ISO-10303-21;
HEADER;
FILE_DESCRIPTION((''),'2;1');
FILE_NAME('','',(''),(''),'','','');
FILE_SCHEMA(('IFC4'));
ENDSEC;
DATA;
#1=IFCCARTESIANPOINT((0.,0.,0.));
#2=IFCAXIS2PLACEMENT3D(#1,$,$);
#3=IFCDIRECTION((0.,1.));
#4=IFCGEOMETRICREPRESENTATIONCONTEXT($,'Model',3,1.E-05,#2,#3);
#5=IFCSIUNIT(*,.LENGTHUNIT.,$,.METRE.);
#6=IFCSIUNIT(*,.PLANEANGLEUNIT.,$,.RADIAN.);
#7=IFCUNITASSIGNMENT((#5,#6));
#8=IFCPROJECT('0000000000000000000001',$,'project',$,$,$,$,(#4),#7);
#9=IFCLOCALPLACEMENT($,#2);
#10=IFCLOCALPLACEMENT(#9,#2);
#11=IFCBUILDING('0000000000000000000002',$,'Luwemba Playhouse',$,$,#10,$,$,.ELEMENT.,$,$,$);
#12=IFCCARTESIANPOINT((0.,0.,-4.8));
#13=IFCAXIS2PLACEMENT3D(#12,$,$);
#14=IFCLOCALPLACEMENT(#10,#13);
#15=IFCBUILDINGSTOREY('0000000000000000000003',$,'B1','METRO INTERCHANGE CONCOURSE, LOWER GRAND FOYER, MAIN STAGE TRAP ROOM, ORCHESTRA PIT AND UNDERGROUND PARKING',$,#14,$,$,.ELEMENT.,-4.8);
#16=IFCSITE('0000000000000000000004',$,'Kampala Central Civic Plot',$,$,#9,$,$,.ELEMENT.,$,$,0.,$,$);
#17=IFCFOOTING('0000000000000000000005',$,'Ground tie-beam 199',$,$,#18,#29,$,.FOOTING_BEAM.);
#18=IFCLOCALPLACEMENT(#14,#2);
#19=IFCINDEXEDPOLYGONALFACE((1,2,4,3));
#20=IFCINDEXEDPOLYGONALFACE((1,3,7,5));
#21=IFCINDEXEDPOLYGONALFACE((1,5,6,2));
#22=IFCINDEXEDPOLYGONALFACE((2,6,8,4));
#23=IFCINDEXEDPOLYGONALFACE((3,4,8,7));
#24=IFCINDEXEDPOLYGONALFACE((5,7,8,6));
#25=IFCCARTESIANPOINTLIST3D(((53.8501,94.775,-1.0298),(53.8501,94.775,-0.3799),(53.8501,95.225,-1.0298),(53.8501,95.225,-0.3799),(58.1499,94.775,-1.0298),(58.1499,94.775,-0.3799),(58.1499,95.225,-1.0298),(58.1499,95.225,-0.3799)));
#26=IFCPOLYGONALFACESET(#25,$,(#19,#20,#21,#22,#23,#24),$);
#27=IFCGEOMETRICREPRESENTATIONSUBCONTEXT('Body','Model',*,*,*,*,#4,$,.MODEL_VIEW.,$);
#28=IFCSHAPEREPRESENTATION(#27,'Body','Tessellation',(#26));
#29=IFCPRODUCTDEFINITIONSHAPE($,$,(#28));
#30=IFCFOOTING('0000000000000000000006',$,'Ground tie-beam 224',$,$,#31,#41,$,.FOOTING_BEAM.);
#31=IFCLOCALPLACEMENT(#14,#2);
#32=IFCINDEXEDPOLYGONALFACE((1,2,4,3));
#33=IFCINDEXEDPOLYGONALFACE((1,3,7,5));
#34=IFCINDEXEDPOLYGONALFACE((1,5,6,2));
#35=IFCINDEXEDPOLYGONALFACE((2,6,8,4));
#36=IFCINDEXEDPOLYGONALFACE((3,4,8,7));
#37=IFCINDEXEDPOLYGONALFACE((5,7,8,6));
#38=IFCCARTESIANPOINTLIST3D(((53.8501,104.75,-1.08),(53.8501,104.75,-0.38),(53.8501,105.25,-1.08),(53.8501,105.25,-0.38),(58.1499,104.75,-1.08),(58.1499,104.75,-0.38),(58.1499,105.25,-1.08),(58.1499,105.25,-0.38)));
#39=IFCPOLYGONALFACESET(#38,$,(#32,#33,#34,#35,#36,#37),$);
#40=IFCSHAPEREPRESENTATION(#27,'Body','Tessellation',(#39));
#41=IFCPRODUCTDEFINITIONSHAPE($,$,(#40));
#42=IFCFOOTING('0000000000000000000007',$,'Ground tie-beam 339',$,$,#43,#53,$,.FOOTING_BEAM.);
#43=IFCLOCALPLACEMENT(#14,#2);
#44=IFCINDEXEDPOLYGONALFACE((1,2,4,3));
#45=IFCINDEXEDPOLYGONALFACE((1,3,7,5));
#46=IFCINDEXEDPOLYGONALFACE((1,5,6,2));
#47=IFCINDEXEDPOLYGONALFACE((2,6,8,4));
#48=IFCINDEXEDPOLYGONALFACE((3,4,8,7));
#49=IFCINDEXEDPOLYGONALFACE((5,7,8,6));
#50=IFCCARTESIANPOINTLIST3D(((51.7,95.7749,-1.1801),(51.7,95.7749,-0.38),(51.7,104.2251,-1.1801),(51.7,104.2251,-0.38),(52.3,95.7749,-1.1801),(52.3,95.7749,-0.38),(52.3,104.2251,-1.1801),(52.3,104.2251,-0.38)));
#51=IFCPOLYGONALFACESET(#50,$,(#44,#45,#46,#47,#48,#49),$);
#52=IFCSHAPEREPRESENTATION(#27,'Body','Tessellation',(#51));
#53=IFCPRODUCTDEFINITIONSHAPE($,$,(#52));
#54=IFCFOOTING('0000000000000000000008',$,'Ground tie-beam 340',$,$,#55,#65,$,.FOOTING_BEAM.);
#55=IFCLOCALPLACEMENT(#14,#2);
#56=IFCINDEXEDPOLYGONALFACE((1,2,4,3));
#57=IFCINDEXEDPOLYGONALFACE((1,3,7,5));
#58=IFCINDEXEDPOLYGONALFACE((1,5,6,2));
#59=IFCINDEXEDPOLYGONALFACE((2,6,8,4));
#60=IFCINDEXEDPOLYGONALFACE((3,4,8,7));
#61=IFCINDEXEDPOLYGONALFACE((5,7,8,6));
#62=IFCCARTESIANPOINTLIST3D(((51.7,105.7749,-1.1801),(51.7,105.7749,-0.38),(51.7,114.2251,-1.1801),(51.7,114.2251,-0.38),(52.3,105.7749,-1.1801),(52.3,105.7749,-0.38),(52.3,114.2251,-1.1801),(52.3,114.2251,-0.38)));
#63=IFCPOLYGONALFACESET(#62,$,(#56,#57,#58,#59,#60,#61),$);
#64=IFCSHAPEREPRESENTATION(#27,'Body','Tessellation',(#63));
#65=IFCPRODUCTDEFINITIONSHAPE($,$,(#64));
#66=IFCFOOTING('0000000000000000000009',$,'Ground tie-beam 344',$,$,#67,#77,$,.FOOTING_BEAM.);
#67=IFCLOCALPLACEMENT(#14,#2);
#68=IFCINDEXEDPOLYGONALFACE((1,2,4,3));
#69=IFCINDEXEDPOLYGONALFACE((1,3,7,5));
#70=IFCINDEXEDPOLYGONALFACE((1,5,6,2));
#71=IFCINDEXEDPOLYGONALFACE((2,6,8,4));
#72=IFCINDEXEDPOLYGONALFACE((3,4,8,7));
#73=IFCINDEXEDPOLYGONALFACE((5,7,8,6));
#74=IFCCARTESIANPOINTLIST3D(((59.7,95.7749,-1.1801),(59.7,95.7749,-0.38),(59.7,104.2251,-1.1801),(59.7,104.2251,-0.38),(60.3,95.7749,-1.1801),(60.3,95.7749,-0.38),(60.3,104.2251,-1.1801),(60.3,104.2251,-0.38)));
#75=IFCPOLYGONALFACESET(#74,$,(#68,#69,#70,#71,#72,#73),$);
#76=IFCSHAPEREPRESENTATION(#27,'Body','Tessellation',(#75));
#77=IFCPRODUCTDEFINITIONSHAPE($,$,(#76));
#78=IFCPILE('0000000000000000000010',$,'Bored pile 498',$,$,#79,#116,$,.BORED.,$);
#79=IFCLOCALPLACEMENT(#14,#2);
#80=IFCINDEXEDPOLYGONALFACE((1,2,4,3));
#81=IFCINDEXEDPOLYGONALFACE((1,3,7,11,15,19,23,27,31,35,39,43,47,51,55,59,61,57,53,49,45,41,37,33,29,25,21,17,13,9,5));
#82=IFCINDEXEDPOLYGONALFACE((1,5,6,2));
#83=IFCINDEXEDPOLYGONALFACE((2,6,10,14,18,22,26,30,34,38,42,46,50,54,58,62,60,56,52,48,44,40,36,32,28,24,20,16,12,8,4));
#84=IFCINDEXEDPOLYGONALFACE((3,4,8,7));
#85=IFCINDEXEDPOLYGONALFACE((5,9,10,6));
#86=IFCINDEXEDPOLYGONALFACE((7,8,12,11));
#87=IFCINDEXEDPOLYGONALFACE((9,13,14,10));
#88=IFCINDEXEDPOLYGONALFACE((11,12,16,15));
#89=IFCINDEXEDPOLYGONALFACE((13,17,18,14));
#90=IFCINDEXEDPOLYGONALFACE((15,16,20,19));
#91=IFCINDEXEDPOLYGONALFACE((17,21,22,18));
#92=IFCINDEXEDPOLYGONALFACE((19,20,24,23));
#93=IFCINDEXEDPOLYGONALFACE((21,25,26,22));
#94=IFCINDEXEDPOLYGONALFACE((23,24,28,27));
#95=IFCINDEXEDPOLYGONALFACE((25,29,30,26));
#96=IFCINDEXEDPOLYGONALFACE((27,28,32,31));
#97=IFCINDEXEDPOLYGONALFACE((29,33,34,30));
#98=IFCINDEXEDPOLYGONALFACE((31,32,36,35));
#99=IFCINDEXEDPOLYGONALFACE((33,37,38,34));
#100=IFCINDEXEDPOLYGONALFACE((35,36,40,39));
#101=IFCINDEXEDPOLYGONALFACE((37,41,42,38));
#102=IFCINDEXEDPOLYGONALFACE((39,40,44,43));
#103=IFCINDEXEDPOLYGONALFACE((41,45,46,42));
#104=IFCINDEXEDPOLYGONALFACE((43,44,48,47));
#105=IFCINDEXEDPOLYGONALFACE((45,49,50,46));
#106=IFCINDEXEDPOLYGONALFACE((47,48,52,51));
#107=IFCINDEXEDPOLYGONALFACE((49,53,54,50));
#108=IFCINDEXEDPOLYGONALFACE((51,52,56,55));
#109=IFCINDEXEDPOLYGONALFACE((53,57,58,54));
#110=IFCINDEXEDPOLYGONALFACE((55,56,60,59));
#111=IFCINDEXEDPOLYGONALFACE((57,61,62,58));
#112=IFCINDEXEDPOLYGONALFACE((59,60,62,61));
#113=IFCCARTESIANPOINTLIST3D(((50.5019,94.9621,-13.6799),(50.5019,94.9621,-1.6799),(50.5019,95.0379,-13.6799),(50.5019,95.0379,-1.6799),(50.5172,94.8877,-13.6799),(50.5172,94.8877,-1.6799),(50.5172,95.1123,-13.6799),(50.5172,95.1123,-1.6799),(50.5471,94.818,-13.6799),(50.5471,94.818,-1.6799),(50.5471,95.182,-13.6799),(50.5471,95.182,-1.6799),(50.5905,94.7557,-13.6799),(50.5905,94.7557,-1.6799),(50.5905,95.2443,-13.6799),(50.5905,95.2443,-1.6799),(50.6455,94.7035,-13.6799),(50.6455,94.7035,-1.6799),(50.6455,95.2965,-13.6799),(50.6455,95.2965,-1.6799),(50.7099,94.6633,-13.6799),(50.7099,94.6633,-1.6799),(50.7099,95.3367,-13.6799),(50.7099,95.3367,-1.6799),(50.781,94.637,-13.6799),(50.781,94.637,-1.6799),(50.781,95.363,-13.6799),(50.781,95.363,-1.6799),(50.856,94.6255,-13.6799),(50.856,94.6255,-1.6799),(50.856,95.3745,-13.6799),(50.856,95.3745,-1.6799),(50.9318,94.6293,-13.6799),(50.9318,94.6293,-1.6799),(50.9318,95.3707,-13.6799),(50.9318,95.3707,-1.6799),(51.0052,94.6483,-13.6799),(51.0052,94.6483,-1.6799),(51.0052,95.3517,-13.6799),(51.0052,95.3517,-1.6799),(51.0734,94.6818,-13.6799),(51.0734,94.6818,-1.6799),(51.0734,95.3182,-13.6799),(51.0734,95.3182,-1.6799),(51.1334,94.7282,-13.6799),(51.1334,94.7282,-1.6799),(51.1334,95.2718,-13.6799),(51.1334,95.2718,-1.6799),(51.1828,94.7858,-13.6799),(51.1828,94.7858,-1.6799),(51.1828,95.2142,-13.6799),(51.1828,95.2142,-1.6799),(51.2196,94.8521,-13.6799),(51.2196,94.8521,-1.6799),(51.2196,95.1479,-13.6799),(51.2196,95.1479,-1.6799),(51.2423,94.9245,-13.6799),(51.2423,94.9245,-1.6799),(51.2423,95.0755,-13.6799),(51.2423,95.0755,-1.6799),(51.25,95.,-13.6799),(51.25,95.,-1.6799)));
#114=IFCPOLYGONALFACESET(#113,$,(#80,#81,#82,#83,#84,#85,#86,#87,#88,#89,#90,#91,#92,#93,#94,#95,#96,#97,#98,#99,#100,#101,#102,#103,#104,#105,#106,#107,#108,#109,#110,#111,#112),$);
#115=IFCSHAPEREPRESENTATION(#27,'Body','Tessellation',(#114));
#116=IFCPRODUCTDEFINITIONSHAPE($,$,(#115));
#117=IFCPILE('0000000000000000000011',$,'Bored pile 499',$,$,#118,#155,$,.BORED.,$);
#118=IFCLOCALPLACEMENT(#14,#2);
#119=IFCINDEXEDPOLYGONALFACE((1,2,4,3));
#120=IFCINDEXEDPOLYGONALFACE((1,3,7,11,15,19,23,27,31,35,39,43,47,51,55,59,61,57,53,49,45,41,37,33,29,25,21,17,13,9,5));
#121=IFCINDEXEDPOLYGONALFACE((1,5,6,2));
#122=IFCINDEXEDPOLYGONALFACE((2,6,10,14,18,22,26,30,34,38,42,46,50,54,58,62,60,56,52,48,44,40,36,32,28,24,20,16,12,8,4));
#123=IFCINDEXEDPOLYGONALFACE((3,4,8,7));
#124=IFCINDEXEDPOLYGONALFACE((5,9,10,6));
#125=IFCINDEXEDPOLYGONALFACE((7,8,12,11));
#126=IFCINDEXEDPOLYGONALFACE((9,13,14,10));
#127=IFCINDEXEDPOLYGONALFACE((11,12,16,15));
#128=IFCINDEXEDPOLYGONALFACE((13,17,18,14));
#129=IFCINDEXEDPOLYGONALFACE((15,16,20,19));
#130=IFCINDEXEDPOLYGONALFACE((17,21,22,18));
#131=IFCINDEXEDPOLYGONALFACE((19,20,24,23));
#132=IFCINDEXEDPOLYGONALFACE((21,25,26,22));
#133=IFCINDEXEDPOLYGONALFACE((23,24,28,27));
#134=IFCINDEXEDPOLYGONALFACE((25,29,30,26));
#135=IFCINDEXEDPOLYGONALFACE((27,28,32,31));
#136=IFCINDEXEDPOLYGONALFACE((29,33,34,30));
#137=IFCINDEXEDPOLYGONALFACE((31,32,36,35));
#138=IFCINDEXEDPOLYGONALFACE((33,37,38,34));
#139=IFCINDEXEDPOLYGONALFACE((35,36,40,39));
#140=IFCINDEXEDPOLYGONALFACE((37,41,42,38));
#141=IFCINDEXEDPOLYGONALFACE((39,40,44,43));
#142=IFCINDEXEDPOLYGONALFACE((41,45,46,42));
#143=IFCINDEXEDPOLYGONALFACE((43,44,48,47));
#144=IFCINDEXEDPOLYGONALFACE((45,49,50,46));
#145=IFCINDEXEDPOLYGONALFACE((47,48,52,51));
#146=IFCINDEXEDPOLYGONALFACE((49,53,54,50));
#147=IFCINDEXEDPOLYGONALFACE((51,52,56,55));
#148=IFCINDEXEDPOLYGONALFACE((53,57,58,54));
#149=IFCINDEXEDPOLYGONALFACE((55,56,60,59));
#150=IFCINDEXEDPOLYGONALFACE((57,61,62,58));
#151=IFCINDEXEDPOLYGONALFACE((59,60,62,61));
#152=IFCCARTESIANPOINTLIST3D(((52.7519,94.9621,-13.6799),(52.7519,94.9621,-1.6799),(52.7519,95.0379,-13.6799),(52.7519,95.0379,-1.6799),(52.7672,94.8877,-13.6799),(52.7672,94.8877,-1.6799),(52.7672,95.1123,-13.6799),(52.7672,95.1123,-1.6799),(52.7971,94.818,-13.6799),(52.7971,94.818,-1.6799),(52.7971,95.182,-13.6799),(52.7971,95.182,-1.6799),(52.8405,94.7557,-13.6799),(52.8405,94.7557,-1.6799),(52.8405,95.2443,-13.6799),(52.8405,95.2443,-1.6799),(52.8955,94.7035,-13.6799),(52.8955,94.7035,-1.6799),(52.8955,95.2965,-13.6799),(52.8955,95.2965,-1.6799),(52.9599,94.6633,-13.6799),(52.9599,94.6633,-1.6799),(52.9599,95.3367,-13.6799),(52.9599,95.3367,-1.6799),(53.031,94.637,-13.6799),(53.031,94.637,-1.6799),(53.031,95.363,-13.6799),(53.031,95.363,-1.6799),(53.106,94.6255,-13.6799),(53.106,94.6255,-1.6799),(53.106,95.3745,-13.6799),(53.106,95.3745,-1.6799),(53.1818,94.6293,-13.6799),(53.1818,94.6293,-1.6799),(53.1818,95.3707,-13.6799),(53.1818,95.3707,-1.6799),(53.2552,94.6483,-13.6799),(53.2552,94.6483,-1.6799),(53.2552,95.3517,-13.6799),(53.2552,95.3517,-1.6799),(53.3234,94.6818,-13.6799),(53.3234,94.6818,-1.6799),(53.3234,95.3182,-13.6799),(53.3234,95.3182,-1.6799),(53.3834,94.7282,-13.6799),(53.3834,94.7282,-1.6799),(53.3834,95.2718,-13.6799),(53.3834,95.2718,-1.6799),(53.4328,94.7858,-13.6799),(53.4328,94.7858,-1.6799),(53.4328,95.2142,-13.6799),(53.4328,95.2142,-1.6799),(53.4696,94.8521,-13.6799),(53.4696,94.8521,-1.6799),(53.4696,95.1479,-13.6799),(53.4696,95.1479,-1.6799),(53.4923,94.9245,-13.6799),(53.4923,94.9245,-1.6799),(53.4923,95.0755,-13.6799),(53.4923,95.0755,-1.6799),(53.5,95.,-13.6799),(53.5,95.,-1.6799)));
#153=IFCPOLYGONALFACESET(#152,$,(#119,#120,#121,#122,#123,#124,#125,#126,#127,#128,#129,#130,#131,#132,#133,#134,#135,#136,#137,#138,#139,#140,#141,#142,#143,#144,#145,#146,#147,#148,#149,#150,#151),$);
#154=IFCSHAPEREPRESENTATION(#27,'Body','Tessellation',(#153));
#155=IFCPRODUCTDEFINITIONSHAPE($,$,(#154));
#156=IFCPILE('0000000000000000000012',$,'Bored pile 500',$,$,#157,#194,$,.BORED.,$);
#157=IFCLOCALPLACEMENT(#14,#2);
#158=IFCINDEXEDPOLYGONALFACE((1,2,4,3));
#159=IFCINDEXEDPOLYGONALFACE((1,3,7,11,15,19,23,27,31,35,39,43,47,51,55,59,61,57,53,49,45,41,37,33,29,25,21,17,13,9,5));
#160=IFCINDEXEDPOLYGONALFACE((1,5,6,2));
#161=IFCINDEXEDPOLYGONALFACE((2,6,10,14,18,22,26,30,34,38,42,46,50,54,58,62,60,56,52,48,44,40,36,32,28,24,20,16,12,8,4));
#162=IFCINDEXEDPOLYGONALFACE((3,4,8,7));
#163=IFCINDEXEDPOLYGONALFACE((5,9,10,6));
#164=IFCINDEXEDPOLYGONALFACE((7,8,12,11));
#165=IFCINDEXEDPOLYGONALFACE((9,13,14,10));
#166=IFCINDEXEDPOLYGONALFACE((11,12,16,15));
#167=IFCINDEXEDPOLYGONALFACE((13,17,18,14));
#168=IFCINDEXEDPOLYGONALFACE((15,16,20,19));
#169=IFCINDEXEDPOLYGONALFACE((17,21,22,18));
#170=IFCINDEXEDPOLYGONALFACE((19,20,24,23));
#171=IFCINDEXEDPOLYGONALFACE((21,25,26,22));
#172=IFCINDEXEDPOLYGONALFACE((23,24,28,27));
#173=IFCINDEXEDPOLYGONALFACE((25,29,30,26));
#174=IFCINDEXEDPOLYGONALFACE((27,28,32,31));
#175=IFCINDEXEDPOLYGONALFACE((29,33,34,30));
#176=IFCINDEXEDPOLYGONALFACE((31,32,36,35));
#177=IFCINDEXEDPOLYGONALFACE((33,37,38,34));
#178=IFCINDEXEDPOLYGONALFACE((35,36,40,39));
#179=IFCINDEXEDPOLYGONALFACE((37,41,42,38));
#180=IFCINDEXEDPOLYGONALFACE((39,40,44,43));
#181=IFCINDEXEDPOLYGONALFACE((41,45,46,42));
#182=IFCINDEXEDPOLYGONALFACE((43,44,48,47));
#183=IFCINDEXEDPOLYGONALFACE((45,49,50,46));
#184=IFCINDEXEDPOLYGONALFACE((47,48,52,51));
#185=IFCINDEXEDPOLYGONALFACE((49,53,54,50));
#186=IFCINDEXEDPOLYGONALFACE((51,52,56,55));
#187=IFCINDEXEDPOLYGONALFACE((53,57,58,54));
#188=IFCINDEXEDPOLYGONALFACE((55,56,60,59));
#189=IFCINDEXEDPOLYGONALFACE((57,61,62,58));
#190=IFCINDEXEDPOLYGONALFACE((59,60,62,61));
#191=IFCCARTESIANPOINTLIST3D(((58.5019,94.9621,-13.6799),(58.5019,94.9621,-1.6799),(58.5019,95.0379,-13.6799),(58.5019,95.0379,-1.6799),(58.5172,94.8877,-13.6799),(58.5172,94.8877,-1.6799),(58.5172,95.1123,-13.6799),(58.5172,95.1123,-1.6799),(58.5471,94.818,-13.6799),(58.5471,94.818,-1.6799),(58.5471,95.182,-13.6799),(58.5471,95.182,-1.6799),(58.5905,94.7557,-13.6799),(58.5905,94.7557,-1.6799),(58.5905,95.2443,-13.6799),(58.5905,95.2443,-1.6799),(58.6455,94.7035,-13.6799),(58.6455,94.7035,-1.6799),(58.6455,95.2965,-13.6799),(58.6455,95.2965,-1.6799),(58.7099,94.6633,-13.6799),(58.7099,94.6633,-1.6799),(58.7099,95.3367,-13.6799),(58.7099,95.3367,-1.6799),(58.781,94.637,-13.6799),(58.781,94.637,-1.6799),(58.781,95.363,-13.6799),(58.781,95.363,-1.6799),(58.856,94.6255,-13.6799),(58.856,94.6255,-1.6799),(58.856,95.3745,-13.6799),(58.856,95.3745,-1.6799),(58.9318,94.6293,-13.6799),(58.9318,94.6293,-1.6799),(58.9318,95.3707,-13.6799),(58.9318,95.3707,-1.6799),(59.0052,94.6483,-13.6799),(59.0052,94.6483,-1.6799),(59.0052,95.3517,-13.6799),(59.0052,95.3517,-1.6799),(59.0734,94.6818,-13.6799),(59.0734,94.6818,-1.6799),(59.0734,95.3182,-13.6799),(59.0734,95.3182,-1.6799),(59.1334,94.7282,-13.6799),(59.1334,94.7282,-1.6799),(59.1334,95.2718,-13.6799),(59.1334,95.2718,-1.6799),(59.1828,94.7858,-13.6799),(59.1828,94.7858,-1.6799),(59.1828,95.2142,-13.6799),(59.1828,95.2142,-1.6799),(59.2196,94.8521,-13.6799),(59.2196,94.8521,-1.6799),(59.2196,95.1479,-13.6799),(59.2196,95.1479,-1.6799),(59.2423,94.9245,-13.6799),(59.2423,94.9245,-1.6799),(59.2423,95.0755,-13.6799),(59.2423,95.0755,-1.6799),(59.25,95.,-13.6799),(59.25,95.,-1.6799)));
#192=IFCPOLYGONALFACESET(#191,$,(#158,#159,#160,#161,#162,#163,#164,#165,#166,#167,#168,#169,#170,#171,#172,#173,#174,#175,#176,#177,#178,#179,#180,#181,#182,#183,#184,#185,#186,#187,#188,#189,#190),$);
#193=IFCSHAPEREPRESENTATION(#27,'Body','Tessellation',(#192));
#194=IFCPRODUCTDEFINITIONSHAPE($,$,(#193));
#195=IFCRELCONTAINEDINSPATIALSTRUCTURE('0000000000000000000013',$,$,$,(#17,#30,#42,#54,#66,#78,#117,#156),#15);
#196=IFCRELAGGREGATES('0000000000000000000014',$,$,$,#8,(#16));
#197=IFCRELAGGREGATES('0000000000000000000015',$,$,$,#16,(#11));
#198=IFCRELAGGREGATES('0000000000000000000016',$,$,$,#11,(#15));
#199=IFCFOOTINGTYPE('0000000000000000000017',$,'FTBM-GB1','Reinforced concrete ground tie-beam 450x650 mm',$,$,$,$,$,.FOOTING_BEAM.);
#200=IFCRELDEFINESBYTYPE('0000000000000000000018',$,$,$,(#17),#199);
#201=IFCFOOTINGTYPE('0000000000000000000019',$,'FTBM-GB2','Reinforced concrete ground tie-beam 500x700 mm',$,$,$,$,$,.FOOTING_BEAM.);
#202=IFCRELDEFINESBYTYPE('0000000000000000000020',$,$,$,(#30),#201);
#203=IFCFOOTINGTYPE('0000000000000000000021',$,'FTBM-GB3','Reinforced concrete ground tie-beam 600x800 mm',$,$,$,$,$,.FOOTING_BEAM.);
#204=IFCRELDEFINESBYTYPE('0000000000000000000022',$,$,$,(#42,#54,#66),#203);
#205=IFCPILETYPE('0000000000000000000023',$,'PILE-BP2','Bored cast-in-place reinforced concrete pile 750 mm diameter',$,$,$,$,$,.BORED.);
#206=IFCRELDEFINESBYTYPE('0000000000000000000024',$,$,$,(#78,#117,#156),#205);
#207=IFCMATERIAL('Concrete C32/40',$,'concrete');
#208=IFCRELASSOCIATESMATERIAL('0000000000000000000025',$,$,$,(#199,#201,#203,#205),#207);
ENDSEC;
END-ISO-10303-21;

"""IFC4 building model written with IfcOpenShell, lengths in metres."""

from ifc_helpers import new_model, si_unit, direction, frame, origin, origin_2d, place, context, subcontext, project, spatial, rectangle, circle, extrude, material, material_profile, profile_set, type_object, element, save


model = new_model("IFC4")

# Units and contexts
model_context = context("Model", 3, precision=1e-05, world=origin(), true_north=direction((0.0, 1.0)))
body_context = subcontext(model_context, "Body", "Model", "MODEL_VIEW")
ifc_project = project(units=[si_unit("LENGTHUNIT", "METRE"), si_unit("PLANEANGLEUNIT", "RADIAN")], contexts=[model_context])

# Site, building, storey
site_placement = place(None, origin())
site = spatial("IfcSite", under=ifc_project, at=site_placement, Name="Kampala Central Civic Plot", CompositionType="ELEMENT", RefElevation=0.0)
building_placement = place(site_placement, origin())
building = spatial("IfcBuilding", under=site, at=building_placement, Name="Luwemba Playhouse", CompositionType="ELEMENT")
storey_placement = place(building_placement, frame((0.0, 0.0, -4.8)))
storey = spatial("IfcBuildingStorey", under=building, at=storey_placement, Name="B1", Description="METRO INTERCHANGE CONCOURSE, LOWER GRAND FOYER, MAIN STAGE TRAP ROOM, ORCHESTRA PIT AND UNDERGROUND PARKING", CompositionType="ELEMENT", Elevation=-4.8)

# Footings
ifc_material_1 = material(Name="Concrete C32/40", Category="concrete")
ifc_material_profile_1 = material_profile(ifc_material_1, rectangle(XDim=0.45, YDim=0.6499, at=origin_2d()))
ifc_profile_set_1 = profile_set([ifc_material_profile_1], Name="Concrete C32/40")
footing_type_1 = type_object("IfcFootingType", Name="FTBM-GB1", Description="Reinforced concrete ground tie-beam 450x650 mm", PredefinedType="FOOTING_BEAM", material=ifc_profile_set_1)
footing_1_placement = place(storey_placement, frame((53.8501, 95.0, -0.7048), z_axis=(1.0, 0.0, 0.0), x_axis=(0.0, 1.0, 0.0)))
element("IfcFooting", 1, at=footing_1_placement, inside=storey, type_object=footing_type_1, Name="Ground tie-beam 199", PredefinedType="FOOTING_BEAM", context=body_context, shape_type="SweptSolid", body=[
    extrude(rectangle(XDim=0.45, YDim=0.6499, at=origin_2d()), origin(), (0.0, 0.0, 1.0), 4.2998),
])
ifc_material_profile_2 = material_profile(ifc_material_1, rectangle(XDim=0.5, YDim=0.7, at=origin_2d()))
ifc_profile_set_2 = profile_set([ifc_material_profile_2], Name="Concrete C32/40")
footing_type_2 = type_object("IfcFootingType", Name="FTBM-GB2", Description="Reinforced concrete ground tie-beam 500x700 mm", PredefinedType="FOOTING_BEAM", material=ifc_profile_set_2)
footing_2_placement = place(storey_placement, frame((53.8501, 105.0, -0.73), z_axis=(1.0, 0.0, 0.0), x_axis=(0.0, 1.0, 0.0)))
element("IfcFooting", 2, at=footing_2_placement, inside=storey, type_object=footing_type_2, Name="Ground tie-beam 224", PredefinedType="FOOTING_BEAM", context=body_context, shape_type="SweptSolid", body=[
    extrude(rectangle(XDim=0.5, YDim=0.7, at=origin_2d()), origin(), (0.0, 0.0, 1.0), 4.2998),
])
ifc_material_profile_3 = material_profile(ifc_material_1, rectangle(XDim=0.6001, YDim=0.8, at=origin_2d()))
ifc_profile_set_3 = profile_set([ifc_material_profile_3], Name="Concrete C32/40")
footing_type_3 = type_object("IfcFootingType", Name="FTBM-GB3", Description="Reinforced concrete ground tie-beam 600x800 mm", PredefinedType="FOOTING_BEAM", material=ifc_profile_set_3)
for number, where, z_axis, x_axis, name in (
    (3, (52.0, 95.7749, -0.78), (0.0, 1.0, 0.0), (-1.0, 0.0, 0.0), "Ground tie-beam 339"),
    (4, (52.0, 105.7749, -0.78), (0.0, 1.0, 0.0), (-1.0, 0.0, 0.0), "Ground tie-beam 340"),
    (5, (60.0, 95.7749, -0.78), (0.0, 1.0, 0.0), (-1.0, 0.0, 0.0), "Ground tie-beam 344"),
):
    element("IfcFooting", number, at=place(storey_placement, frame(where, z_axis=z_axis, x_axis=x_axis)), inside=storey, type_object=footing_type_3, Name=name, PredefinedType="FOOTING_BEAM", context=body_context, shape_type="SweptSolid", body=[
        extrude(rectangle(XDim=0.6001, YDim=0.8, at=origin_2d()), origin(), (0.0, 0.0, 1.0), 8.4502),
    ])

# Piles
ifc_material_profile_4 = material_profile(ifc_material_1, circle(Radius=0.375, at=origin_2d()))
ifc_profile_set_4 = profile_set([ifc_material_profile_4], Name="Concrete C32/40")
pile_type = type_object("IfcPileType", Name="PILE-BP2", Description="Bored cast-in-place reinforced concrete pile 750 mm diameter", PredefinedType="BORED", material=ifc_profile_set_4)
for number, where, z_axis, x_axis, name in (
    (6, (50.875, 95.0, -1.6799), (0.0, 0.0, -1.0), (1.0, 0.0, 0.0), "Bored pile 498"),
    (7, (53.125, 95.0, -1.6799), (0.0, 0.0, -1.0), (1.0, 0.0, 0.0), "Bored pile 499"),
    (8, (58.875, 95.0, -1.6799), (0.0, 0.0, -1.0), (1.0, 0.0, 0.0), "Bored pile 500"),
):
    element("IfcPile", number, at=place(storey_placement, frame(where, z_axis=z_axis, x_axis=x_axis)), inside=storey, type_object=pile_type, Name=name, PredefinedType="BORED", context=body_context, shape_type="SweptSolid", body=[
        extrude(circle(Radius=0.375, at=origin_2d()), origin(), (0.0, 0.0, 1.0), 12.0),
    ])

save(model, "model.ifc")
